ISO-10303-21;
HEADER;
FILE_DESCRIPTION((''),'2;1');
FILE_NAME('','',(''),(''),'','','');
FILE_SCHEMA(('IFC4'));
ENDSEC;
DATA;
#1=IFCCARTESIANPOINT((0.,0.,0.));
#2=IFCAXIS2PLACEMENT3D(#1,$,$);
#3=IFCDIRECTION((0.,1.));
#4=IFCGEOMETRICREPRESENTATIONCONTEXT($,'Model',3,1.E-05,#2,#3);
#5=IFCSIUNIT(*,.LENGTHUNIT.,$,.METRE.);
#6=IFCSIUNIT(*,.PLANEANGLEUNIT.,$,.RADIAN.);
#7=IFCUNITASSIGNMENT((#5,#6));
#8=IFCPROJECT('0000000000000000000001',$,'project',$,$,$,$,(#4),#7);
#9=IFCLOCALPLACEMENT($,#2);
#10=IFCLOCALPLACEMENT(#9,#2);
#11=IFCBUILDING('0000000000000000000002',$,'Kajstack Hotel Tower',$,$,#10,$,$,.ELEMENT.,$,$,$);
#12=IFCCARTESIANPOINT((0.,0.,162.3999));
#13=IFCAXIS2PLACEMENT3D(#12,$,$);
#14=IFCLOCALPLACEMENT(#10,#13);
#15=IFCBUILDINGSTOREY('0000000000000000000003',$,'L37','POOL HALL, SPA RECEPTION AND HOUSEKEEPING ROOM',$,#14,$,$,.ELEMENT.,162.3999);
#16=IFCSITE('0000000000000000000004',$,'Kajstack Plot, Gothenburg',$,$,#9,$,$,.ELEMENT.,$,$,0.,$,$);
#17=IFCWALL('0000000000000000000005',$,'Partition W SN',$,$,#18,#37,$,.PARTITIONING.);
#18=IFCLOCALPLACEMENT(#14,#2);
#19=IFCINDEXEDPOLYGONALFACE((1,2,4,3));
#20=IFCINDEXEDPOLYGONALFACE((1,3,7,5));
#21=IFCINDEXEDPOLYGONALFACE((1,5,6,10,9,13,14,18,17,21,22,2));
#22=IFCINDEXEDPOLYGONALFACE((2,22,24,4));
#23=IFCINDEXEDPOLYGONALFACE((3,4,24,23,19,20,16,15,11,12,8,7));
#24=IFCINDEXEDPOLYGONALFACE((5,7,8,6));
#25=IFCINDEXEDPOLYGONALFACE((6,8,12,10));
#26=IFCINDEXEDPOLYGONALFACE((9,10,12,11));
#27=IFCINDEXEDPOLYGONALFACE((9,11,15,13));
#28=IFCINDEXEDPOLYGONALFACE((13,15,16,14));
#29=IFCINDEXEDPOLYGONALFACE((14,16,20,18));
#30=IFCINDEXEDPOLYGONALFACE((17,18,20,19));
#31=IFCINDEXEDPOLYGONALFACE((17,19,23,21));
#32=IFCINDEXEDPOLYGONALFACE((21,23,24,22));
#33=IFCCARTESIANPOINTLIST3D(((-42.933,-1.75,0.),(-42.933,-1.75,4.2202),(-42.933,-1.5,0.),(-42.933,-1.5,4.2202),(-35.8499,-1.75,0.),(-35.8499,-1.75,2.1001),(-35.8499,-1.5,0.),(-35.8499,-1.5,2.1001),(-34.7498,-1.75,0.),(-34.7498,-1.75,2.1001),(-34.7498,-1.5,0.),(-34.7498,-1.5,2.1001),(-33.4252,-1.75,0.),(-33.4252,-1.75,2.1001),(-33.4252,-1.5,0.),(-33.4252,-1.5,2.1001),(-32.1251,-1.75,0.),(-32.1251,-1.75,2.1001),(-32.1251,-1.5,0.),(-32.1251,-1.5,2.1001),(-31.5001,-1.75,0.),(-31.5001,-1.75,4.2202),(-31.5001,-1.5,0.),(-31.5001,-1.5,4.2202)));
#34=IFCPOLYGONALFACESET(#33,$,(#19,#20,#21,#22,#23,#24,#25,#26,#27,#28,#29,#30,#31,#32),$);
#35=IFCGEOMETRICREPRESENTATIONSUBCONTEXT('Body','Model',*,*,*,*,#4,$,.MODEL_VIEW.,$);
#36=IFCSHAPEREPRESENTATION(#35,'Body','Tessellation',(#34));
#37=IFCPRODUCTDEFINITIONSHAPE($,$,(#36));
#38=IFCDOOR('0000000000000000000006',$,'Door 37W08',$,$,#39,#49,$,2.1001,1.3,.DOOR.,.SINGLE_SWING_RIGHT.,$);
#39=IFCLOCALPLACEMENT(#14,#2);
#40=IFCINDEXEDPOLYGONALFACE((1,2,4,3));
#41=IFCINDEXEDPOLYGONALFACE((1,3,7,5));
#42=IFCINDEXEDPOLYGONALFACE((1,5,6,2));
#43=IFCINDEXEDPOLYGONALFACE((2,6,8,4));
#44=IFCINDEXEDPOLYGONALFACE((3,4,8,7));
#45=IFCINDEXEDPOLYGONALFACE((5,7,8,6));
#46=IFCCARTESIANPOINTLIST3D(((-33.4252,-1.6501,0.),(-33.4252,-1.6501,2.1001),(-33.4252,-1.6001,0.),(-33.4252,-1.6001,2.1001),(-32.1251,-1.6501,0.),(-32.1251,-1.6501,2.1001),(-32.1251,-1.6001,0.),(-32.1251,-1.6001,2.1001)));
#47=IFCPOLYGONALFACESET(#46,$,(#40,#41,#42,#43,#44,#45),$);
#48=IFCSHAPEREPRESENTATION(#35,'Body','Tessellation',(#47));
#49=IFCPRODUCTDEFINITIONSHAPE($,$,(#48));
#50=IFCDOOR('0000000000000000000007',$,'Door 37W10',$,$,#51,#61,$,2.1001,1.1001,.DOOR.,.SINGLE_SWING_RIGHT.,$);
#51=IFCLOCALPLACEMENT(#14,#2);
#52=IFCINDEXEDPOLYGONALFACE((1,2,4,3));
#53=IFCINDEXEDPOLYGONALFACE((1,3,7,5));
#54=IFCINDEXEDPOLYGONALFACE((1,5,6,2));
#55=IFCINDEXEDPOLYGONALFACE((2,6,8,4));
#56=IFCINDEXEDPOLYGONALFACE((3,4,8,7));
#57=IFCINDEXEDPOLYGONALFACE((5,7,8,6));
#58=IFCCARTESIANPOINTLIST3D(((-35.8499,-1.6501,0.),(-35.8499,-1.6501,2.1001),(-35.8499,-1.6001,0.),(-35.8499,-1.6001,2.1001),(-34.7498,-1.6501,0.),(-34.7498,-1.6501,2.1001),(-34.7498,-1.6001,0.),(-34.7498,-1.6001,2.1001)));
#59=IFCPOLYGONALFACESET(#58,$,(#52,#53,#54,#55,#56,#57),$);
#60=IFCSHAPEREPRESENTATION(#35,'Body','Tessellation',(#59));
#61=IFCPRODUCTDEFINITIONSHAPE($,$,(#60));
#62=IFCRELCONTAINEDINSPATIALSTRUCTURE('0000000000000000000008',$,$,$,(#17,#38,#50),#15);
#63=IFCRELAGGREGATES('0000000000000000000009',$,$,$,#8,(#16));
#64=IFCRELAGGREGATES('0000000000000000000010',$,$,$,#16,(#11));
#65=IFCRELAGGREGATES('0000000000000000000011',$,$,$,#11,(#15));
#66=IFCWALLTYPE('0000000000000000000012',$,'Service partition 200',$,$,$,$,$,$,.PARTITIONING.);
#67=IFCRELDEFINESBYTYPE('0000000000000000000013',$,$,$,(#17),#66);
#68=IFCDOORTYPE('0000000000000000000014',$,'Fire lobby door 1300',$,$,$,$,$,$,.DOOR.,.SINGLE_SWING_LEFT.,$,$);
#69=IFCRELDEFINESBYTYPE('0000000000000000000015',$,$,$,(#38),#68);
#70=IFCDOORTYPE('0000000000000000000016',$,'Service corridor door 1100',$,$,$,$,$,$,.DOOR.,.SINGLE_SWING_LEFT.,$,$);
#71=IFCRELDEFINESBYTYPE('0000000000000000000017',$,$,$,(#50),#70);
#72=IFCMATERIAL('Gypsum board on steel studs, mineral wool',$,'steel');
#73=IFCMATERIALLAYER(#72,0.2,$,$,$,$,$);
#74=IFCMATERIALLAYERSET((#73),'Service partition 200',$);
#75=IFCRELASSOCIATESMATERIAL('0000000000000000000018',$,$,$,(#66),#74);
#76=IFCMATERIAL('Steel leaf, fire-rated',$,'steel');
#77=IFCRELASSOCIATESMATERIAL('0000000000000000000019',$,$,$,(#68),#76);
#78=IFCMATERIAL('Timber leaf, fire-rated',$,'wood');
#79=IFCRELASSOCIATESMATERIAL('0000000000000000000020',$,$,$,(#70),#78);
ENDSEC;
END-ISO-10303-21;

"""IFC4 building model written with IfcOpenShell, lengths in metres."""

from ifc_helpers import new_model, si_unit, direction, frame, frame_2d, origin, place, context, subcontext, project, spatial, rectangle, extrude, material, layer, layer_set, type_object, element, fill, save


model = new_model("IFC4")

# Units and contexts
model_context = context("Model", 3, precision=1e-05, world=origin(), true_north=direction((0.0, 1.0)))
body_context = subcontext(model_context, "Body", "Model", "MODEL_VIEW")
ifc_project = project(units=[si_unit("LENGTHUNIT", "METRE"), si_unit("PLANEANGLEUNIT", "RADIAN")], contexts=[model_context])

# Site, building, storey
site_placement = place(None, origin())
site = spatial("IfcSite", under=ifc_project, at=site_placement, Name="Kajstack Plot, Gothenburg", CompositionType="ELEMENT", RefElevation=0.0)
building_placement = place(site_placement, origin())
building = spatial("IfcBuilding", under=site, at=building_placement, Name="Kajstack Hotel Tower", CompositionType="ELEMENT")
storey_placement = place(building_placement, frame((0.0, 0.0, 162.3999)))
storey = spatial("IfcBuildingStorey", under=building, at=storey_placement, Name="L37", Description="POOL HALL, SPA RECEPTION AND HOUSEKEEPING ROOM", CompositionType="ELEMENT", Elevation=162.3999)

# Wall, openings, doors
ifc_material_1 = material(Name="Gypsum board on steel studs, mineral wool", Category="steel")
ifc_material_2 = material(Name="Timber leaf, fire-rated", Category="wood")
ifc_layer_1 = layer(ifc_material_1, 0.2)
ifc_layer_set_1 = layer_set([ifc_layer_1], Name="Service partition 200")
wall_type_1 = type_object("IfcWallType", Name="Service partition 200", PredefinedType="PARTITIONING", material=ifc_layer_set_1)
wall_1_placement = place(storey_placement, frame((-42.9329, -1.625, 0.0), z_axis=(0.0, 0.0, 1.0), x_axis=(1.0, 0.0, 0.0)))
wall_1 = element("IfcWall", 1, at=wall_1_placement, inside=storey, type_object=wall_type_1, Name="Partition W SN", PredefinedType="PARTITIONING", context=body_context, shape_type="SweptSolid", body=[
    extrude(rectangle(XDim=11.4329, YDim=0.25, at=frame_2d((5.7163, 0.0))), origin(), (0.0, 0.0, 1.0), 4.2202),
])
opening_1_placement = place(wall_1_placement, frame((9.5078, 0.0, 0.0)))
opening_1 = element("IfcOpeningElement", 2, at=opening_1_placement, cuts=wall_1, PredefinedType="OPENING", context=body_context, shape_type="SweptSolid", body=[
    extrude(rectangle(XDim=1.3, YDim=2.1001, at=frame_2d((0.6499, 1.05))), frame((0.0, 0.135, 0.0), z_axis=(0.0, -1.0, 0.0), x_axis=(1.0, 0.0, 0.0)), (0.0, 0.0, 1.0), 0.27),
])
opening_2_placement = place(wall_1_placement, frame((7.083, 0.0, 0.0)))
opening_2 = element("IfcOpeningElement", 3, at=opening_2_placement, cuts=wall_1, PredefinedType="OPENING", context=body_context, shape_type="SweptSolid", body=[
    extrude(rectangle(XDim=1.1001, YDim=2.1001, at=frame_2d((0.55, 1.05))), frame((0.0, 0.135, 0.0), z_axis=(0.0, -1.0, 0.0), x_axis=(1.0, 0.0, 0.0)), (0.0, 0.0, 1.0), 0.27),
])
ifc_material_3 = material(Name="Steel leaf, fire-rated", Category="steel")
door_type_1 = type_object("IfcDoorType", Name="Fire lobby door 1300", OperationType="SINGLE_SWING_LEFT", PredefinedType="DOOR", material=ifc_material_3)
door_1_placement = place(opening_1_placement, origin())
door_1 = element("IfcDoor", 4, at=door_1_placement, inside=storey, type_object=door_type_1, Name="Door 37W08", OperationType="SINGLE_SWING_RIGHT", OverallHeight=2.1001, OverallWidth=1.3, PredefinedType="DOOR", context=body_context, shape_type="SweptSolid", body=[
    extrude(rectangle(XDim=1.3, YDim=2.1001, at=frame_2d((0.6499, 1.05))), frame((0.0, 0.0249, 0.0), z_axis=(0.0, -1.0, 0.0), x_axis=(1.0, 0.0, 0.0)), (0.0, 0.0, 1.0), 0.05),
])
fill(opening_1, door_1)
door_type_2 = type_object("IfcDoorType", Name="Service corridor door 1100", OperationType="SINGLE_SWING_LEFT", PredefinedType="DOOR", material=ifc_material_2)
door_2_placement = place(opening_2_placement, origin())
door_2 = element("IfcDoor", 5, at=door_2_placement, inside=storey, type_object=door_type_2, Name="Door 37W10", OperationType="SINGLE_SWING_RIGHT", OverallHeight=2.1001, OverallWidth=1.1001, PredefinedType="DOOR", context=body_context, shape_type="SweptSolid", body=[
    extrude(rectangle(XDim=1.1001, YDim=2.1001, at=frame_2d((0.55, 1.05))), frame((0.0, 0.0249, 0.0), z_axis=(0.0, -1.0, 0.0), x_axis=(1.0, 0.0, 0.0)), (0.0, 0.0, 1.0), 0.05),
])
fill(opening_2, door_2)

save(model, "model.ifc")
